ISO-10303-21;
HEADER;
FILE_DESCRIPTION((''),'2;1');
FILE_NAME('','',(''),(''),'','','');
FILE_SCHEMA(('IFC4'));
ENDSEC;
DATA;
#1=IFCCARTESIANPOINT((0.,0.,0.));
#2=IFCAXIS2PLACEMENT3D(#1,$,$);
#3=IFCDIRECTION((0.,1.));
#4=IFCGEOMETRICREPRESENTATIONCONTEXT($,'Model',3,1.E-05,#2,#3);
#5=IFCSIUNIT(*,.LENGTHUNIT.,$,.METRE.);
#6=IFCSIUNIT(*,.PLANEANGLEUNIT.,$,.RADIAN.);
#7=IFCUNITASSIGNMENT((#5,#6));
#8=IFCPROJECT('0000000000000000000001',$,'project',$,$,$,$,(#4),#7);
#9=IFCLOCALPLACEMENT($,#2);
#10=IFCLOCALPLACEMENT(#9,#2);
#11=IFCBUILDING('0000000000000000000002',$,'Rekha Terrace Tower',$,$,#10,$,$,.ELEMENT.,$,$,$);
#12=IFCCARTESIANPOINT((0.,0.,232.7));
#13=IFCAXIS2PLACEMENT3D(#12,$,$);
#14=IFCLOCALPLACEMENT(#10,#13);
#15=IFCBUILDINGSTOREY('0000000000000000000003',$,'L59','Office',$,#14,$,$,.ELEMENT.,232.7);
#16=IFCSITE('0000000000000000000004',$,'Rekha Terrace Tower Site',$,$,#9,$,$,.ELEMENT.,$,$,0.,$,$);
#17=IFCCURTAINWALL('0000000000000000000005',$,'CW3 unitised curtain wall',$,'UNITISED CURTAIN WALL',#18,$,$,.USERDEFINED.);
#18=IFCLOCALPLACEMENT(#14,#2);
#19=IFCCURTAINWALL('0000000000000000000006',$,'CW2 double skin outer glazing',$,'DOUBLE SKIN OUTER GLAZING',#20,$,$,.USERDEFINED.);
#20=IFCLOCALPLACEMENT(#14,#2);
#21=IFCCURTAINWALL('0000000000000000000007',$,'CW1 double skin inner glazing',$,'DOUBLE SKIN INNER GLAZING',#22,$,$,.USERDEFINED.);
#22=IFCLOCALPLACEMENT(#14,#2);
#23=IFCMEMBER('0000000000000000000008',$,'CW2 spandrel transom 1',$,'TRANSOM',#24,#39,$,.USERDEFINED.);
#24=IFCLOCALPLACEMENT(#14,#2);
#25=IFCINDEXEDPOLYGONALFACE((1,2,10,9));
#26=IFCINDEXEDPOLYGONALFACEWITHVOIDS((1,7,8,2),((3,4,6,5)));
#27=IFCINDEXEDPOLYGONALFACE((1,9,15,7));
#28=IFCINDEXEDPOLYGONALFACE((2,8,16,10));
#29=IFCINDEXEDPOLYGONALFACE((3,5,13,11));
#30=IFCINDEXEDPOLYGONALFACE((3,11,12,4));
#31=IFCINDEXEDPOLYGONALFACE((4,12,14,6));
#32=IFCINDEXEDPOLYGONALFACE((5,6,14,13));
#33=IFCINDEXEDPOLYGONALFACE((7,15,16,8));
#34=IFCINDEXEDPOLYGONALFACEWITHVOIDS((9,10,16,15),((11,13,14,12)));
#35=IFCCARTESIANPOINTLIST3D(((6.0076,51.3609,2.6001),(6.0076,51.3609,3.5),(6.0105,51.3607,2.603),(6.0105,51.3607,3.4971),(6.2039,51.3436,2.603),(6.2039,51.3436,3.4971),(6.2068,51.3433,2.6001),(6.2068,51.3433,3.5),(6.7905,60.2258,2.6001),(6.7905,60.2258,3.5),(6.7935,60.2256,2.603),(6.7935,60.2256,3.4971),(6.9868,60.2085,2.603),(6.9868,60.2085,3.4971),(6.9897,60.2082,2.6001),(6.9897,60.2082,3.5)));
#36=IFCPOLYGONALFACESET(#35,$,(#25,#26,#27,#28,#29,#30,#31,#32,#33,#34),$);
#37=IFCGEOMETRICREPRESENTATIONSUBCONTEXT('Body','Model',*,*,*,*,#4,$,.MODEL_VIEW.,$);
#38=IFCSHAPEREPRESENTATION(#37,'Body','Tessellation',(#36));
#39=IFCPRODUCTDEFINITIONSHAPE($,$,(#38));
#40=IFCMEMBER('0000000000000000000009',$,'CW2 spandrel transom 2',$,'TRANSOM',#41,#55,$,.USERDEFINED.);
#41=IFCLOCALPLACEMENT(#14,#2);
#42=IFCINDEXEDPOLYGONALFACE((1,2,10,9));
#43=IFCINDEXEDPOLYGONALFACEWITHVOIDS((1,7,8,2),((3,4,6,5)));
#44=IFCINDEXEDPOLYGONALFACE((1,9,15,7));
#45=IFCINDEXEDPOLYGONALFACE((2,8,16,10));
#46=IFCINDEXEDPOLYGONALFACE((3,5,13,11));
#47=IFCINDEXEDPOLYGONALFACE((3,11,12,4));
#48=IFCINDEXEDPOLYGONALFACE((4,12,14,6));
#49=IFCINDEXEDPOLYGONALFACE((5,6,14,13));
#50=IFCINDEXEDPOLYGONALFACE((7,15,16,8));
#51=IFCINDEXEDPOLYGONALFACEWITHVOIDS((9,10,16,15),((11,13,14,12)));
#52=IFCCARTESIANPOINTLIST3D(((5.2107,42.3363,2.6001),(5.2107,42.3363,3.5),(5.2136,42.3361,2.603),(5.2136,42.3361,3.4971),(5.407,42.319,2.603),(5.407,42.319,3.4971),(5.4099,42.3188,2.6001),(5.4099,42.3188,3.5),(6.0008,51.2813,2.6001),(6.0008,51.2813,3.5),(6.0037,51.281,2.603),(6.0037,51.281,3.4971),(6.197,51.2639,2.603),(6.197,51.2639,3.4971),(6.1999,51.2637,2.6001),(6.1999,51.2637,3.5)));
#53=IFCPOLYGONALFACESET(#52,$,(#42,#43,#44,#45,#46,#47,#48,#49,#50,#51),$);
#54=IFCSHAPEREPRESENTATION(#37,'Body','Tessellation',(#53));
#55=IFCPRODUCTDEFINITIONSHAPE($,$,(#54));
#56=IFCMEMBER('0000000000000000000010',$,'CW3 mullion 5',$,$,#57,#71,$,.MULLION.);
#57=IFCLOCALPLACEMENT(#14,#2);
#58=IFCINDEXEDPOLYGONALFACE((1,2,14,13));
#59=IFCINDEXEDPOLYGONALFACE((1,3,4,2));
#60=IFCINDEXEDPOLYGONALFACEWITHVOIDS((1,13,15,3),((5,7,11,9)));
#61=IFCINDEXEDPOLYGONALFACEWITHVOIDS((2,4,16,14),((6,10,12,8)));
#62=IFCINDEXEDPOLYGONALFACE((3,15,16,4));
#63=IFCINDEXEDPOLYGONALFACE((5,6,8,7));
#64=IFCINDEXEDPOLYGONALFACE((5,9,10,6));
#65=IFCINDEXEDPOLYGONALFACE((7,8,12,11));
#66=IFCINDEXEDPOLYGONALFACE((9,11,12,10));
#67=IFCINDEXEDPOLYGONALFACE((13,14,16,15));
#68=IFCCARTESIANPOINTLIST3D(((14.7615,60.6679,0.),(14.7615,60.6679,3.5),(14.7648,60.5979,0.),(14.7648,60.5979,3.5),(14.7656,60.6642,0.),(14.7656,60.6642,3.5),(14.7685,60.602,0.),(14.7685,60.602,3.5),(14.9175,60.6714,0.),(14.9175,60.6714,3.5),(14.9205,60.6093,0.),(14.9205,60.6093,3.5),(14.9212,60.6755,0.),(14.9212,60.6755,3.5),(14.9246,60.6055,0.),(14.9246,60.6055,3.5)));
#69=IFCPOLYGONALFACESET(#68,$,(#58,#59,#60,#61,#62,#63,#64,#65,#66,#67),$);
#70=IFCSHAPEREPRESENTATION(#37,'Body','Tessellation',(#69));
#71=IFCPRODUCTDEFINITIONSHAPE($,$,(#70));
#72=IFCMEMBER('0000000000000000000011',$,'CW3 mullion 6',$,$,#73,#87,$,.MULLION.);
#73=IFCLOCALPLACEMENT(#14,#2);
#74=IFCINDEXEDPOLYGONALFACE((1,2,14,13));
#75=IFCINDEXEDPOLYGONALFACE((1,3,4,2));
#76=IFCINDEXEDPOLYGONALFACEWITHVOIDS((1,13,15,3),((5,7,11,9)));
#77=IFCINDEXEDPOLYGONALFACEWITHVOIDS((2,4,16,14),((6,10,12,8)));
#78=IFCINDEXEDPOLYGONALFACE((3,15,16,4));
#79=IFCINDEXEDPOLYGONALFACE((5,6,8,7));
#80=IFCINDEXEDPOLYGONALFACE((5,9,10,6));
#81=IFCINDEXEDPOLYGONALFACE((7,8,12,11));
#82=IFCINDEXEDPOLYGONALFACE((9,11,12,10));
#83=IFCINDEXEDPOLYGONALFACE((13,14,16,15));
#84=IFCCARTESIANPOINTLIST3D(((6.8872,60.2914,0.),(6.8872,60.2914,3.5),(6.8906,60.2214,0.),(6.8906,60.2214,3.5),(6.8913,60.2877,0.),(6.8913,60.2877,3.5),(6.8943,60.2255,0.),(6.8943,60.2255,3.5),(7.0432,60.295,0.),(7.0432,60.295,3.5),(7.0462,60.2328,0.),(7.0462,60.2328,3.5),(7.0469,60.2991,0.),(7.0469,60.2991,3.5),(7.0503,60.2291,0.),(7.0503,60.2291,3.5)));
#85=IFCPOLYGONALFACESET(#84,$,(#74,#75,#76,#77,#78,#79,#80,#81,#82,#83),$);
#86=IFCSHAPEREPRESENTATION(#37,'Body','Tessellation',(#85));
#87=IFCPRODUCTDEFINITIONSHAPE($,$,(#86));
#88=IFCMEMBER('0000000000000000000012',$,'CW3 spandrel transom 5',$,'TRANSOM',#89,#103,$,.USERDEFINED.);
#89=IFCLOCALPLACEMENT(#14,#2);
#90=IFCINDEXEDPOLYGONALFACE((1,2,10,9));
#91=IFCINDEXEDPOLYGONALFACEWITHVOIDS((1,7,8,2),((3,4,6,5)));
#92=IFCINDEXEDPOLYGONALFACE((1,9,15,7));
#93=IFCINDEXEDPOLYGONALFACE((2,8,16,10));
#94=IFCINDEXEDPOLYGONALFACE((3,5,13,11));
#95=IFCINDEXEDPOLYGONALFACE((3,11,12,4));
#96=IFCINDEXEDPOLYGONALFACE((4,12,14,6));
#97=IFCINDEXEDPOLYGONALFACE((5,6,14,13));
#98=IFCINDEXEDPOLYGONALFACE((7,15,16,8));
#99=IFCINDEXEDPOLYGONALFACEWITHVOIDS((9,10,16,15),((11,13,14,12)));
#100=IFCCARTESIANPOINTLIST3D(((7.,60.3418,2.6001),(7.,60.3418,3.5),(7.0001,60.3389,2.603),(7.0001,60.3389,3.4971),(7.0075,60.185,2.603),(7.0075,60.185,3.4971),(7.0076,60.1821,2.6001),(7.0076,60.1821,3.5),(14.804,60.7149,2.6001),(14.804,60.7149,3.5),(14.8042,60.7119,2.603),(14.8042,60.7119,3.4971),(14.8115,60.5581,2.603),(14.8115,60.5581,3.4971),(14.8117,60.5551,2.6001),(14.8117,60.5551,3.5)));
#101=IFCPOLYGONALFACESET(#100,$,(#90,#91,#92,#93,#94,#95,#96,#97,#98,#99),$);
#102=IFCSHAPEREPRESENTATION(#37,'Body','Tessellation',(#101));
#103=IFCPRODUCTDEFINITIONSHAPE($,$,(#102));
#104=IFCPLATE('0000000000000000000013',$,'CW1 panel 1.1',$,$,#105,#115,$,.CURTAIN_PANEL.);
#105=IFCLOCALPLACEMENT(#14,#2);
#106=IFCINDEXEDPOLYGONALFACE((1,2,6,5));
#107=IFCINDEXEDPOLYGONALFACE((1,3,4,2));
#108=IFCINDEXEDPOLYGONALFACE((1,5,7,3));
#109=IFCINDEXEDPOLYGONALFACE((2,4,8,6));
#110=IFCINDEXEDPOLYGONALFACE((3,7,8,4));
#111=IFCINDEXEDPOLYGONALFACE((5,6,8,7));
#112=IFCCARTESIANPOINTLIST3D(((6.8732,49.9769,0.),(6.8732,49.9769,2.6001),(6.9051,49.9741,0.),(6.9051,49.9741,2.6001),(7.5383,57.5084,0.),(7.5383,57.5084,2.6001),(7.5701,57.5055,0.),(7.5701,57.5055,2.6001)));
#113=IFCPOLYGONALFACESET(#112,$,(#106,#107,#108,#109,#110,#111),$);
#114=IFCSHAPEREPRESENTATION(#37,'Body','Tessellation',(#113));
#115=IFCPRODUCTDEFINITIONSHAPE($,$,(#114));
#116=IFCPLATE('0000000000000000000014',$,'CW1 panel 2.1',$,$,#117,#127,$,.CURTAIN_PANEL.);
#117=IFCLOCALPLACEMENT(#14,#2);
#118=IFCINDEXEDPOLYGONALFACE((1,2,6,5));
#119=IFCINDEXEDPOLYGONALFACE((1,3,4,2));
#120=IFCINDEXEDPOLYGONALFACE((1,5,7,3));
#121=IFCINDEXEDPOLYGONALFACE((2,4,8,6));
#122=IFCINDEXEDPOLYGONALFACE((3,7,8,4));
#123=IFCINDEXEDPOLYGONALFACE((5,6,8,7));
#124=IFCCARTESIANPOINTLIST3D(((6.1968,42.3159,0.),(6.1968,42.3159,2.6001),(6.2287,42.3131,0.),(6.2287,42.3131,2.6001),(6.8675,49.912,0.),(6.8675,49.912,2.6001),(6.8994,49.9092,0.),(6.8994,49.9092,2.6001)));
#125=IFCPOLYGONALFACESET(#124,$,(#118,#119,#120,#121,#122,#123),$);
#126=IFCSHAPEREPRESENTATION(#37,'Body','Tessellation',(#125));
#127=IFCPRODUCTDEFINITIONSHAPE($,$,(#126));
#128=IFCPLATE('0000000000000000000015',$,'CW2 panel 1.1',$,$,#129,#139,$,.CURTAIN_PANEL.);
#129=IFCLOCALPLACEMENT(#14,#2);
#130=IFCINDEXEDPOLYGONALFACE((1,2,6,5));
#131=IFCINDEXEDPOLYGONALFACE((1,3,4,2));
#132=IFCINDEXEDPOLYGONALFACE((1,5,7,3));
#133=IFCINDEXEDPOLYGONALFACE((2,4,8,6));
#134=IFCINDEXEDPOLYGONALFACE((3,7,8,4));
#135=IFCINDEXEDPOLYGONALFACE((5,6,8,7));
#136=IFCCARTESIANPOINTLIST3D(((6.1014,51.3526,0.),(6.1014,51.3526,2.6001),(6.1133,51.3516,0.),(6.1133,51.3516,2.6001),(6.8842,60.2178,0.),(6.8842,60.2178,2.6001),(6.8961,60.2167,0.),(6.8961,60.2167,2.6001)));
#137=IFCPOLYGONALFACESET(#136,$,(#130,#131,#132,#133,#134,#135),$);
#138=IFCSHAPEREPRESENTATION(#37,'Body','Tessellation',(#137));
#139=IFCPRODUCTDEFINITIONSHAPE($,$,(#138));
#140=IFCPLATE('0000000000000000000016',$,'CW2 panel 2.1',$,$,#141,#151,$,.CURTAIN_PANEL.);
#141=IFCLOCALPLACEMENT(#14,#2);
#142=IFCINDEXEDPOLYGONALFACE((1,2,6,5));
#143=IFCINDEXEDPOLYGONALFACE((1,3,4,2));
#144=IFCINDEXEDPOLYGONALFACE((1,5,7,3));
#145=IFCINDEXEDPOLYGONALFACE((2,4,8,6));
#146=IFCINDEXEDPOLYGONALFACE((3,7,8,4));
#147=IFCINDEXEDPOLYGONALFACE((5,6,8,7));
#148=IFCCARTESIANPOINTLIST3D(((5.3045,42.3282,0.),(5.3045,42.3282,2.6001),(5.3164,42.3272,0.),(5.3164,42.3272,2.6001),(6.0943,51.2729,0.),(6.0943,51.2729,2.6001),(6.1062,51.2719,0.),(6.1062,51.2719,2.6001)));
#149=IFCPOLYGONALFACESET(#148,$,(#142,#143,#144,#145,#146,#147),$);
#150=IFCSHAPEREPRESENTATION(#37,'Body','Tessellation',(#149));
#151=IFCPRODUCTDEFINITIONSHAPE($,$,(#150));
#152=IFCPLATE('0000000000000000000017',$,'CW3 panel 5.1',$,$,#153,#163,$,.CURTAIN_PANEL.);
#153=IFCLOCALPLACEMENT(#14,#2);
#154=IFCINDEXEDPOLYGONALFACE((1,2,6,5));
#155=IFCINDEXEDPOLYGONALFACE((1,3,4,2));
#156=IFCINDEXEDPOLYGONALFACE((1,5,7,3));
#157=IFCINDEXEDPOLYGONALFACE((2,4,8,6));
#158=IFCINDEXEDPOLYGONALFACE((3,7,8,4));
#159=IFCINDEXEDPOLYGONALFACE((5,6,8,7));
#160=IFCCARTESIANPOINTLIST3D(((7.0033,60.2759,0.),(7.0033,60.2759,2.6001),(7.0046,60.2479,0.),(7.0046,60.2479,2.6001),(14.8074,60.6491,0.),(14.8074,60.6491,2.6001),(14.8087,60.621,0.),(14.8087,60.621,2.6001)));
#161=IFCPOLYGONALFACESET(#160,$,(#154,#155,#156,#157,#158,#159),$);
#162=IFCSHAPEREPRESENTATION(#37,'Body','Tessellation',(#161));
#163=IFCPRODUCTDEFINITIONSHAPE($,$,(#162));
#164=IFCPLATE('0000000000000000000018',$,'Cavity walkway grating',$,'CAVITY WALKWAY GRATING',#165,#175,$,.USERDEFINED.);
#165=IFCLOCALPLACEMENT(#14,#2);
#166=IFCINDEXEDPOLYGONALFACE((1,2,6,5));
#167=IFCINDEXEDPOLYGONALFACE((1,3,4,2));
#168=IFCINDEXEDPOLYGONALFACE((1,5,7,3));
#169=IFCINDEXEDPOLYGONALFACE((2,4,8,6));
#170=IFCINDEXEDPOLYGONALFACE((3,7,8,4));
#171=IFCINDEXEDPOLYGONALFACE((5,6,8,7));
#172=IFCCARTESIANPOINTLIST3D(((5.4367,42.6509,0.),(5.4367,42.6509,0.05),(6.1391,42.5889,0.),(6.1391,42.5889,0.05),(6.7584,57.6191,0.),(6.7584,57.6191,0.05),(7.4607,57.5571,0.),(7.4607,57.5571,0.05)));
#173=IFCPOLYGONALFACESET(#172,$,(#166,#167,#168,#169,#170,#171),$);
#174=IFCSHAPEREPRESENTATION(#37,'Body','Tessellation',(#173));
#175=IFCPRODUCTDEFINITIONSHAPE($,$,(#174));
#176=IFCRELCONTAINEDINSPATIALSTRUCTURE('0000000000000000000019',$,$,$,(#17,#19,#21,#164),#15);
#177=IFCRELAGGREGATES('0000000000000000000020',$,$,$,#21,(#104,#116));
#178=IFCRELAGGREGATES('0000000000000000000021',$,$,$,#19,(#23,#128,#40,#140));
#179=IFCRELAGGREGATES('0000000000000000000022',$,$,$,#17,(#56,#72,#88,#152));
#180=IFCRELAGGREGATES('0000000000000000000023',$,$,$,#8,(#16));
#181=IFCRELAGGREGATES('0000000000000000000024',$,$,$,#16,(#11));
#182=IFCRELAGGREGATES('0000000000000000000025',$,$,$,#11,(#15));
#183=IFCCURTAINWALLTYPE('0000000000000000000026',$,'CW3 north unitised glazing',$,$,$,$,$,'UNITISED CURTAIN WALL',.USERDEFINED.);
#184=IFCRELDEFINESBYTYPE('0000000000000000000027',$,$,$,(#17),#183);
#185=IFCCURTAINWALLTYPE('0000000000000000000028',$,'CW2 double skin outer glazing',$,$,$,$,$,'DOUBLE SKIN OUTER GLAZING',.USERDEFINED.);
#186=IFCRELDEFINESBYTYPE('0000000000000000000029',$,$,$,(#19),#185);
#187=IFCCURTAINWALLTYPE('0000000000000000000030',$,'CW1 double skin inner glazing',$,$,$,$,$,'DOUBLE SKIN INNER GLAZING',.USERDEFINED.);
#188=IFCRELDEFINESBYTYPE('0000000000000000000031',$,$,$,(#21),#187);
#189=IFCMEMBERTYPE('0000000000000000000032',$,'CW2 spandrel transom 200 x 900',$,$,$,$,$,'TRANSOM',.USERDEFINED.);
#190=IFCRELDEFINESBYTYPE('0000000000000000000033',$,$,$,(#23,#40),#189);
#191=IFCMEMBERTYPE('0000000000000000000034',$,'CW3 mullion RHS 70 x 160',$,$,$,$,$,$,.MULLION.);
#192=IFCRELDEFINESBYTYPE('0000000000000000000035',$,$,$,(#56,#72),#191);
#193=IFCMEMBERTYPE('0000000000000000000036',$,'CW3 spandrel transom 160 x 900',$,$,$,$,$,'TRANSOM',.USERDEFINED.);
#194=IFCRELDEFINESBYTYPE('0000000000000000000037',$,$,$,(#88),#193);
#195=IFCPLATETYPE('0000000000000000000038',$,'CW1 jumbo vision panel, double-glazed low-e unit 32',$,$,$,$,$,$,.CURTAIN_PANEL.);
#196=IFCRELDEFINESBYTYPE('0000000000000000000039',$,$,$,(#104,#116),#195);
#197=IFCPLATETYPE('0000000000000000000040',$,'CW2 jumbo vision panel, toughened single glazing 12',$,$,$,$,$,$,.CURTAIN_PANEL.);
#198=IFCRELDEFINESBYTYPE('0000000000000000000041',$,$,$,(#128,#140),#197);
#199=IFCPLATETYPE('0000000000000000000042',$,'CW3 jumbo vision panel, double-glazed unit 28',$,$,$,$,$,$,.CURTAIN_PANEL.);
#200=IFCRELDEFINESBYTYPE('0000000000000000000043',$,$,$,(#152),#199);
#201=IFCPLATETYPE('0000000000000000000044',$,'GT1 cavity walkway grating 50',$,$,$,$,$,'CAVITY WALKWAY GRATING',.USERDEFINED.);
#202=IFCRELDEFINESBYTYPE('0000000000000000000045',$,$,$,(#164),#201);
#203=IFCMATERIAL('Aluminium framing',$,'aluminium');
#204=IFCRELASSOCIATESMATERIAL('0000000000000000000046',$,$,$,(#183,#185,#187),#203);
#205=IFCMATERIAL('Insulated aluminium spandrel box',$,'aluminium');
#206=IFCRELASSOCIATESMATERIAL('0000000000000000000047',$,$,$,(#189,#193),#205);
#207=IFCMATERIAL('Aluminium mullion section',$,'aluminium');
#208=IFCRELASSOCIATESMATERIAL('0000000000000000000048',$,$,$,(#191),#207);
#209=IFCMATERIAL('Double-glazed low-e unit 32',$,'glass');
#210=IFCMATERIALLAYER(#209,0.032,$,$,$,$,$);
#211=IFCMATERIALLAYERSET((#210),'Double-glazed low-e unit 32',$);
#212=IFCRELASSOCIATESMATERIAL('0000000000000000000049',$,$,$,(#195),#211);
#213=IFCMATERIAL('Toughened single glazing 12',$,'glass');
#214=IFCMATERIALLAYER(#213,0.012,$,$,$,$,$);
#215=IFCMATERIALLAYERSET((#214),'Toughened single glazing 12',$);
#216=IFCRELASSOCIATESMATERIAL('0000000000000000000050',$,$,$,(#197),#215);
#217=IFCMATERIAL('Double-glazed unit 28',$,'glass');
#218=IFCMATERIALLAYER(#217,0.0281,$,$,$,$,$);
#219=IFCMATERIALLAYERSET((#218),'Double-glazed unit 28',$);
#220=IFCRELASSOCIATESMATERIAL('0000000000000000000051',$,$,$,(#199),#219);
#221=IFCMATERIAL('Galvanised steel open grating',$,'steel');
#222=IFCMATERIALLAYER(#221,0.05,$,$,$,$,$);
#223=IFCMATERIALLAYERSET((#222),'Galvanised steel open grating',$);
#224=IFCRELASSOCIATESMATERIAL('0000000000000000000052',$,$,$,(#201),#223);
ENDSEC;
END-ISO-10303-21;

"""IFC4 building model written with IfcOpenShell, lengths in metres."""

from ifc_helpers import new_model, si_unit, direction, frame, origin, origin_2d, place, context, subcontext, project, spatial, rectangle, hollow_rectangle, extrude, material, layer, layer_set, material_profile, profile_set, type_object, element, aggregate, save


model = new_model("IFC4")

# Units and contexts
model_context = context("Model", 3, precision=1e-05, world=origin(), true_north=direction((0.0, 1.0)))
body_context = subcontext(model_context, "Body", "Model", "MODEL_VIEW")
ifc_project = project(units=[si_unit("LENGTHUNIT", "METRE"), si_unit("PLANEANGLEUNIT", "RADIAN")], contexts=[model_context])

# Site, building, storey
site_placement = place(None, origin())
site = spatial("IfcSite", under=ifc_project, at=site_placement, Name="Rekha Terrace Tower Site", CompositionType="ELEMENT", RefElevation=0.0)
building_placement = place(site_placement, origin())
building = spatial("IfcBuilding", under=site, at=building_placement, Name="Rekha Terrace Tower", CompositionType="ELEMENT")
storey_placement = place(building_placement, frame((0.0, 0.0, 232.7)))
storey = spatial("IfcBuildingStorey", under=building, at=storey_placement, Name="L59", Description="Office", CompositionType="ELEMENT", Elevation=232.7)

# Curtain walls
ifc_material_1 = material(Name="Aluminium framing", Category="aluminium")
curtain_wall_type_1 = type_object("IfcCurtainWallType", Name="CW3 north unitised glazing", ElementType="UNITISED CURTAIN WALL", PredefinedType="USERDEFINED", material=ifc_material_1)
curtain_wall_1_placement = place(storey_placement, origin())
curtain_wall_1 = element("IfcCurtainWall", 1, at=curtain_wall_1_placement, inside=storey, type_object=curtain_wall_type_1, Name="CW3 unitised curtain wall", ObjectType="UNITISED CURTAIN WALL", PredefinedType="USERDEFINED")
curtain_wall_type_2 = type_object("IfcCurtainWallType", Name="CW2 double skin outer glazing", ElementType="DOUBLE SKIN OUTER GLAZING", PredefinedType="USERDEFINED", material=ifc_material_1)
curtain_wall_2_placement = place(storey_placement, origin())
curtain_wall_2 = element("IfcCurtainWall", 2, at=curtain_wall_2_placement, inside=storey, type_object=curtain_wall_type_2, Name="CW2 double skin outer glazing", ObjectType="DOUBLE SKIN OUTER GLAZING", PredefinedType="USERDEFINED")

# Curtain wall
curtain_wall_type_3 = type_object("IfcCurtainWallType", Name="CW1 double skin inner glazing", ElementType="DOUBLE SKIN INNER GLAZING", PredefinedType="USERDEFINED", material=ifc_material_1)
curtain_wall_3_placement = place(storey_placement, origin())
curtain_wall_3 = element("IfcCurtainWall", 3, at=curtain_wall_3_placement, inside=storey, type_object=curtain_wall_type_3, Name="CW1 double skin inner glazing", ObjectType="DOUBLE SKIN INNER GLAZING", PredefinedType="USERDEFINED")
ifc_material_2 = material(Name="Aluminium mullion section", Category="aluminium")
ifc_material_3 = material(Name="Insulated aluminium spandrel box", Category="aluminium")

# Members
ifc_material_profile_1 = material_profile(ifc_material_3, hollow_rectangle(XDim=0.2, YDim=0.8999, WallThickness=0.0029, at=origin_2d()), Name="AL SPANDREL BOX 200x900")
ifc_profile_set_1 = profile_set([ifc_material_profile_1], Name="Insulated aluminium spandrel box")
member_type_1 = type_object("IfcMemberType", Name="CW2 spandrel transom 200 x 900", ElementType="TRANSOM", PredefinedType="USERDEFINED", material=ifc_profile_set_1)
member_1_placement = place(storey_placement, frame((6.8901, 60.217, 3.05), z_axis=(-0.087978, -0.996122, 0.0), x_axis=(0.996122, -0.087978, 0.0)))
member_1 = element("IfcMember", 4, at=member_1_placement, type_object=member_type_1, Name="CW2 spandrel transom 1", ObjectType="TRANSOM", PredefinedType="USERDEFINED", context=body_context, shape_type="SweptSolid", body=[
    extrude(hollow_rectangle(XDim=0.2, YDim=0.8999, WallThickness=0.0029, at=origin_2d()), origin(), (0.0, 0.0, 1.0), 8.8994),
])
member_2_placement = place(storey_placement, frame((6.1003, 51.2725, 3.05), z_axis=(-0.087981, -0.996122, 0.0), x_axis=(0.996122, -0.087981, 0.0)))
member_2 = element("IfcMember", 5, at=member_2_placement, type_object=member_type_1, Name="CW2 spandrel transom 2", ObjectType="TRANSOM", PredefinedType="USERDEFINED", context=body_context, shape_type="SweptSolid", body=[
    extrude(hollow_rectangle(XDim=0.2, YDim=0.8999, WallThickness=0.0029, at=origin_2d()), origin(), (0.0, 0.0, 1.0), 8.9797),
])
ifc_material_profile_2 = material_profile(ifc_material_2, hollow_rectangle(XDim=0.0701, YDim=0.1599, WallThickness=0.0039, at=origin_2d()), Name="AL RHS 70x160")
ifc_profile_set_2 = profile_set([ifc_material_profile_2], Name="Aluminium mullion section")
member_type_2 = type_object("IfcMemberType", Name="CW3 mullion RHS 70 x 160", PredefinedType="MULLION", material=ifc_profile_set_2)
member_3_placement = place(storey_placement, frame((14.843, 60.6367, 0.0), z_axis=(0.0, 0.0, 1.0), x_axis=(0.047759, -0.998859, 0.0)))
member_3 = element("IfcMember", 6, at=member_3_placement, type_object=member_type_2, Name="CW3 mullion 5", PredefinedType="MULLION", context=body_context, shape_type="SweptSolid", body=[
    extrude(hollow_rectangle(XDim=0.0701, YDim=0.1599, WallThickness=0.0039, at=origin_2d()), origin(), (0.0, 0.0, 1.0), 3.5),
])
member_4_placement = place(storey_placement, frame((6.9688, 60.2603, 0.0), z_axis=(0.0, 0.0, 1.0), x_axis=(0.047759, -0.998859, 0.0)))
member_4 = element("IfcMember", 7, at=member_4_placement, type_object=member_type_2, Name="CW3 mullion 6", PredefinedType="MULLION", context=body_context, shape_type="SweptSolid", body=[
    extrude(hollow_rectangle(XDim=0.0701, YDim=0.1599, WallThickness=0.0039, at=origin_2d()), origin(), (0.0, 0.0, 1.0), 3.5),
])
ifc_material_profile_3 = material_profile(ifc_material_3, hollow_rectangle(XDim=0.1599, YDim=0.8999, WallThickness=0.0029, at=origin_2d()), Name="AL SPANDREL BOX 160x900")
ifc_profile_set_3 = profile_set([ifc_material_profile_3], Name="Insulated aluminium spandrel box")
member_type_3 = type_object("IfcMemberType", Name="CW3 spandrel transom 160 x 900", ElementType="TRANSOM", PredefinedType="USERDEFINED", material=ifc_profile_set_3)
member_5_placement = place(storey_placement, frame((14.8079, 60.635, 3.05), z_axis=(-0.998859, -0.047748, 0.0), x_axis=(0.047748, -0.998859, 0.0)))
member_5 = element("IfcMember", 8, at=member_5_placement, type_object=member_type_3, Name="CW3 spandrel transom 5", ObjectType="TRANSOM", PredefinedType="USERDEFINED", context=body_context, shape_type="SweptSolid", body=[
    extrude(hollow_rectangle(XDim=0.1599, YDim=0.8999, WallThickness=0.0029, at=origin_2d()), origin(), (0.0, 0.0, 1.0), 7.813),
])

# Plates
ifc_material_4 = material(Name="Double-glazed low-e unit 32", Category="glass")
ifc_layer_1 = layer(ifc_material_4, 0.032)
ifc_layer_set_1 = layer_set([ifc_layer_1], Name="Double-glazed low-e unit 32")
plate_type_1 = type_object("IfcPlateType", Name="CW1 jumbo vision panel, double-glazed low-e unit 32", PredefinedType="CURTAIN_PANEL", material=ifc_layer_set_1)
plate_1_placement = place(storey_placement, frame((7.2217, 53.7412, 0.0), z_axis=(0.0, 0.0, 1.0), x_axis=(-0.087958, -0.996124, 0.0)))
plate_1 = element("IfcPlate", 9, at=plate_1_placement, type_object=plate_type_1, Name="CW1 panel 1.1", PredefinedType="CURTAIN_PANEL", context=body_context, shape_type="SweptSolid", body=[
    extrude(rectangle(XDim=7.5608, YDim=0.032, at=origin_2d()), origin(), (0.0, 0.0, 1.0), 2.6001),
])
plate_2_placement = place(storey_placement, frame((6.5481, 46.1125, 0.0), z_axis=(0.0, 0.0, 1.0), x_axis=(-0.087958, -0.996124, 0.0)))
plate_2 = element("IfcPlate", 10, at=plate_2_placement, type_object=plate_type_1, Name="CW1 panel 2.1", PredefinedType="CURTAIN_PANEL", context=body_context, shape_type="SweptSolid", body=[
    extrude(rectangle(XDim=7.6257, YDim=0.032, at=origin_2d()), origin(), (0.0, 0.0, 1.0), 2.6001),
])
aggregate(curtain_wall_3, [plate_1, plate_2])
ifc_material_5 = material(Name="Toughened single glazing 12", Category="glass")
ifc_layer_2 = layer(ifc_material_5, 0.012)
ifc_layer_set_2 = layer_set([ifc_layer_2], Name="Toughened single glazing 12")
plate_type_2 = type_object("IfcPlateType", Name="CW2 jumbo vision panel, toughened single glazing 12", PredefinedType="CURTAIN_PANEL", material=ifc_layer_set_2)
plate_3_placement = place(storey_placement, frame((6.4988, 55.7847, 0.0), z_axis=(0.0, 0.0, 1.0), x_axis=(-0.087958, -0.996124, 0.0)))
plate_3 = element("IfcPlate", 11, at=plate_3_placement, type_object=plate_type_2, Name="CW2 panel 1.1", PredefinedType="CURTAIN_PANEL", context=body_context, shape_type="SweptSolid", body=[
    extrude(rectangle(XDim=8.8997, YDim=0.012, at=origin_2d()), origin(), (0.0, 0.0, 1.0), 2.6001),
])
plate_4_placement = place(storey_placement, frame((5.7053, 46.8, 0.0), z_axis=(0.0, 0.0, 1.0), x_axis=(-0.087958, -0.996124, 0.0)))
plate_4 = element("IfcPlate", 12, at=plate_4_placement, type_object=plate_type_2, Name="CW2 panel 2.1", PredefinedType="CURTAIN_PANEL", context=body_context, shape_type="SweptSolid", body=[
    extrude(rectangle(XDim=8.9795, YDim=0.012, at=origin_2d()), origin(), (0.0, 0.0, 1.0), 2.6001),
])
aggregate(curtain_wall_2, [member_1, plate_3, member_2, plate_4])
ifc_material_6 = material(Name="Double-glazed unit 28", Category="glass")
ifc_layer_3 = layer(ifc_material_6, 0.0281)
ifc_layer_set_3 = layer_set([ifc_layer_3], Name="Double-glazed unit 28")
plate_type_3 = type_object("IfcPlateType", Name="CW3 jumbo vision panel, double-glazed unit 28", PredefinedType="CURTAIN_PANEL", material=ifc_layer_set_3)
plate_5_placement = place(storey_placement, frame((10.906, 60.4485, 0.0), z_axis=(0.0, 0.0, 1.0), x_axis=(-0.998859, -0.047759, 0.0)))
plate_5 = element("IfcPlate", 13, at=plate_5_placement, type_object=plate_type_3, Name="CW3 panel 5.1", PredefinedType="CURTAIN_PANEL", context=body_context, shape_type="SweptSolid", body=[
    extrude(rectangle(XDim=7.813, YDim=0.0281, at=origin_2d()), origin(), (0.0, 0.0, 1.0), 2.6001),
])
aggregate(curtain_wall_1, [member_3, member_4, member_5, plate_5])
ifc_material_7 = material(Name="Galvanised steel open grating", Category="steel")
ifc_layer_4 = layer(ifc_material_7, 0.05)
ifc_layer_set_4 = layer_set([ifc_layer_4], Name="Galvanised steel open grating")
plate_type_4 = type_object("IfcPlateType", Name="GT1 cavity walkway grating 50", ElementType="CAVITY WALKWAY GRATING", PredefinedType="USERDEFINED", material=ifc_layer_set_4)
plate_6_placement = place(storey_placement, frame((6.4487, 50.104, 0.0), z_axis=(0.0, 0.0, 1.0), x_axis=(-0.087958, -0.996124, 0.0)))
element("IfcPlate", 14, at=plate_6_placement, inside=storey, type_object=plate_type_4, Name="Cavity walkway grating", ObjectType="CAVITY WALKWAY GRATING", PredefinedType="USERDEFINED", context=body_context, shape_type="SweptSolid", body=[
    extrude(rectangle(XDim=15.0264, YDim=0.7051, at=origin_2d()), origin(), (0.0, 0.0, 1.0), 0.05),
])

save(model, "model.ifc")
